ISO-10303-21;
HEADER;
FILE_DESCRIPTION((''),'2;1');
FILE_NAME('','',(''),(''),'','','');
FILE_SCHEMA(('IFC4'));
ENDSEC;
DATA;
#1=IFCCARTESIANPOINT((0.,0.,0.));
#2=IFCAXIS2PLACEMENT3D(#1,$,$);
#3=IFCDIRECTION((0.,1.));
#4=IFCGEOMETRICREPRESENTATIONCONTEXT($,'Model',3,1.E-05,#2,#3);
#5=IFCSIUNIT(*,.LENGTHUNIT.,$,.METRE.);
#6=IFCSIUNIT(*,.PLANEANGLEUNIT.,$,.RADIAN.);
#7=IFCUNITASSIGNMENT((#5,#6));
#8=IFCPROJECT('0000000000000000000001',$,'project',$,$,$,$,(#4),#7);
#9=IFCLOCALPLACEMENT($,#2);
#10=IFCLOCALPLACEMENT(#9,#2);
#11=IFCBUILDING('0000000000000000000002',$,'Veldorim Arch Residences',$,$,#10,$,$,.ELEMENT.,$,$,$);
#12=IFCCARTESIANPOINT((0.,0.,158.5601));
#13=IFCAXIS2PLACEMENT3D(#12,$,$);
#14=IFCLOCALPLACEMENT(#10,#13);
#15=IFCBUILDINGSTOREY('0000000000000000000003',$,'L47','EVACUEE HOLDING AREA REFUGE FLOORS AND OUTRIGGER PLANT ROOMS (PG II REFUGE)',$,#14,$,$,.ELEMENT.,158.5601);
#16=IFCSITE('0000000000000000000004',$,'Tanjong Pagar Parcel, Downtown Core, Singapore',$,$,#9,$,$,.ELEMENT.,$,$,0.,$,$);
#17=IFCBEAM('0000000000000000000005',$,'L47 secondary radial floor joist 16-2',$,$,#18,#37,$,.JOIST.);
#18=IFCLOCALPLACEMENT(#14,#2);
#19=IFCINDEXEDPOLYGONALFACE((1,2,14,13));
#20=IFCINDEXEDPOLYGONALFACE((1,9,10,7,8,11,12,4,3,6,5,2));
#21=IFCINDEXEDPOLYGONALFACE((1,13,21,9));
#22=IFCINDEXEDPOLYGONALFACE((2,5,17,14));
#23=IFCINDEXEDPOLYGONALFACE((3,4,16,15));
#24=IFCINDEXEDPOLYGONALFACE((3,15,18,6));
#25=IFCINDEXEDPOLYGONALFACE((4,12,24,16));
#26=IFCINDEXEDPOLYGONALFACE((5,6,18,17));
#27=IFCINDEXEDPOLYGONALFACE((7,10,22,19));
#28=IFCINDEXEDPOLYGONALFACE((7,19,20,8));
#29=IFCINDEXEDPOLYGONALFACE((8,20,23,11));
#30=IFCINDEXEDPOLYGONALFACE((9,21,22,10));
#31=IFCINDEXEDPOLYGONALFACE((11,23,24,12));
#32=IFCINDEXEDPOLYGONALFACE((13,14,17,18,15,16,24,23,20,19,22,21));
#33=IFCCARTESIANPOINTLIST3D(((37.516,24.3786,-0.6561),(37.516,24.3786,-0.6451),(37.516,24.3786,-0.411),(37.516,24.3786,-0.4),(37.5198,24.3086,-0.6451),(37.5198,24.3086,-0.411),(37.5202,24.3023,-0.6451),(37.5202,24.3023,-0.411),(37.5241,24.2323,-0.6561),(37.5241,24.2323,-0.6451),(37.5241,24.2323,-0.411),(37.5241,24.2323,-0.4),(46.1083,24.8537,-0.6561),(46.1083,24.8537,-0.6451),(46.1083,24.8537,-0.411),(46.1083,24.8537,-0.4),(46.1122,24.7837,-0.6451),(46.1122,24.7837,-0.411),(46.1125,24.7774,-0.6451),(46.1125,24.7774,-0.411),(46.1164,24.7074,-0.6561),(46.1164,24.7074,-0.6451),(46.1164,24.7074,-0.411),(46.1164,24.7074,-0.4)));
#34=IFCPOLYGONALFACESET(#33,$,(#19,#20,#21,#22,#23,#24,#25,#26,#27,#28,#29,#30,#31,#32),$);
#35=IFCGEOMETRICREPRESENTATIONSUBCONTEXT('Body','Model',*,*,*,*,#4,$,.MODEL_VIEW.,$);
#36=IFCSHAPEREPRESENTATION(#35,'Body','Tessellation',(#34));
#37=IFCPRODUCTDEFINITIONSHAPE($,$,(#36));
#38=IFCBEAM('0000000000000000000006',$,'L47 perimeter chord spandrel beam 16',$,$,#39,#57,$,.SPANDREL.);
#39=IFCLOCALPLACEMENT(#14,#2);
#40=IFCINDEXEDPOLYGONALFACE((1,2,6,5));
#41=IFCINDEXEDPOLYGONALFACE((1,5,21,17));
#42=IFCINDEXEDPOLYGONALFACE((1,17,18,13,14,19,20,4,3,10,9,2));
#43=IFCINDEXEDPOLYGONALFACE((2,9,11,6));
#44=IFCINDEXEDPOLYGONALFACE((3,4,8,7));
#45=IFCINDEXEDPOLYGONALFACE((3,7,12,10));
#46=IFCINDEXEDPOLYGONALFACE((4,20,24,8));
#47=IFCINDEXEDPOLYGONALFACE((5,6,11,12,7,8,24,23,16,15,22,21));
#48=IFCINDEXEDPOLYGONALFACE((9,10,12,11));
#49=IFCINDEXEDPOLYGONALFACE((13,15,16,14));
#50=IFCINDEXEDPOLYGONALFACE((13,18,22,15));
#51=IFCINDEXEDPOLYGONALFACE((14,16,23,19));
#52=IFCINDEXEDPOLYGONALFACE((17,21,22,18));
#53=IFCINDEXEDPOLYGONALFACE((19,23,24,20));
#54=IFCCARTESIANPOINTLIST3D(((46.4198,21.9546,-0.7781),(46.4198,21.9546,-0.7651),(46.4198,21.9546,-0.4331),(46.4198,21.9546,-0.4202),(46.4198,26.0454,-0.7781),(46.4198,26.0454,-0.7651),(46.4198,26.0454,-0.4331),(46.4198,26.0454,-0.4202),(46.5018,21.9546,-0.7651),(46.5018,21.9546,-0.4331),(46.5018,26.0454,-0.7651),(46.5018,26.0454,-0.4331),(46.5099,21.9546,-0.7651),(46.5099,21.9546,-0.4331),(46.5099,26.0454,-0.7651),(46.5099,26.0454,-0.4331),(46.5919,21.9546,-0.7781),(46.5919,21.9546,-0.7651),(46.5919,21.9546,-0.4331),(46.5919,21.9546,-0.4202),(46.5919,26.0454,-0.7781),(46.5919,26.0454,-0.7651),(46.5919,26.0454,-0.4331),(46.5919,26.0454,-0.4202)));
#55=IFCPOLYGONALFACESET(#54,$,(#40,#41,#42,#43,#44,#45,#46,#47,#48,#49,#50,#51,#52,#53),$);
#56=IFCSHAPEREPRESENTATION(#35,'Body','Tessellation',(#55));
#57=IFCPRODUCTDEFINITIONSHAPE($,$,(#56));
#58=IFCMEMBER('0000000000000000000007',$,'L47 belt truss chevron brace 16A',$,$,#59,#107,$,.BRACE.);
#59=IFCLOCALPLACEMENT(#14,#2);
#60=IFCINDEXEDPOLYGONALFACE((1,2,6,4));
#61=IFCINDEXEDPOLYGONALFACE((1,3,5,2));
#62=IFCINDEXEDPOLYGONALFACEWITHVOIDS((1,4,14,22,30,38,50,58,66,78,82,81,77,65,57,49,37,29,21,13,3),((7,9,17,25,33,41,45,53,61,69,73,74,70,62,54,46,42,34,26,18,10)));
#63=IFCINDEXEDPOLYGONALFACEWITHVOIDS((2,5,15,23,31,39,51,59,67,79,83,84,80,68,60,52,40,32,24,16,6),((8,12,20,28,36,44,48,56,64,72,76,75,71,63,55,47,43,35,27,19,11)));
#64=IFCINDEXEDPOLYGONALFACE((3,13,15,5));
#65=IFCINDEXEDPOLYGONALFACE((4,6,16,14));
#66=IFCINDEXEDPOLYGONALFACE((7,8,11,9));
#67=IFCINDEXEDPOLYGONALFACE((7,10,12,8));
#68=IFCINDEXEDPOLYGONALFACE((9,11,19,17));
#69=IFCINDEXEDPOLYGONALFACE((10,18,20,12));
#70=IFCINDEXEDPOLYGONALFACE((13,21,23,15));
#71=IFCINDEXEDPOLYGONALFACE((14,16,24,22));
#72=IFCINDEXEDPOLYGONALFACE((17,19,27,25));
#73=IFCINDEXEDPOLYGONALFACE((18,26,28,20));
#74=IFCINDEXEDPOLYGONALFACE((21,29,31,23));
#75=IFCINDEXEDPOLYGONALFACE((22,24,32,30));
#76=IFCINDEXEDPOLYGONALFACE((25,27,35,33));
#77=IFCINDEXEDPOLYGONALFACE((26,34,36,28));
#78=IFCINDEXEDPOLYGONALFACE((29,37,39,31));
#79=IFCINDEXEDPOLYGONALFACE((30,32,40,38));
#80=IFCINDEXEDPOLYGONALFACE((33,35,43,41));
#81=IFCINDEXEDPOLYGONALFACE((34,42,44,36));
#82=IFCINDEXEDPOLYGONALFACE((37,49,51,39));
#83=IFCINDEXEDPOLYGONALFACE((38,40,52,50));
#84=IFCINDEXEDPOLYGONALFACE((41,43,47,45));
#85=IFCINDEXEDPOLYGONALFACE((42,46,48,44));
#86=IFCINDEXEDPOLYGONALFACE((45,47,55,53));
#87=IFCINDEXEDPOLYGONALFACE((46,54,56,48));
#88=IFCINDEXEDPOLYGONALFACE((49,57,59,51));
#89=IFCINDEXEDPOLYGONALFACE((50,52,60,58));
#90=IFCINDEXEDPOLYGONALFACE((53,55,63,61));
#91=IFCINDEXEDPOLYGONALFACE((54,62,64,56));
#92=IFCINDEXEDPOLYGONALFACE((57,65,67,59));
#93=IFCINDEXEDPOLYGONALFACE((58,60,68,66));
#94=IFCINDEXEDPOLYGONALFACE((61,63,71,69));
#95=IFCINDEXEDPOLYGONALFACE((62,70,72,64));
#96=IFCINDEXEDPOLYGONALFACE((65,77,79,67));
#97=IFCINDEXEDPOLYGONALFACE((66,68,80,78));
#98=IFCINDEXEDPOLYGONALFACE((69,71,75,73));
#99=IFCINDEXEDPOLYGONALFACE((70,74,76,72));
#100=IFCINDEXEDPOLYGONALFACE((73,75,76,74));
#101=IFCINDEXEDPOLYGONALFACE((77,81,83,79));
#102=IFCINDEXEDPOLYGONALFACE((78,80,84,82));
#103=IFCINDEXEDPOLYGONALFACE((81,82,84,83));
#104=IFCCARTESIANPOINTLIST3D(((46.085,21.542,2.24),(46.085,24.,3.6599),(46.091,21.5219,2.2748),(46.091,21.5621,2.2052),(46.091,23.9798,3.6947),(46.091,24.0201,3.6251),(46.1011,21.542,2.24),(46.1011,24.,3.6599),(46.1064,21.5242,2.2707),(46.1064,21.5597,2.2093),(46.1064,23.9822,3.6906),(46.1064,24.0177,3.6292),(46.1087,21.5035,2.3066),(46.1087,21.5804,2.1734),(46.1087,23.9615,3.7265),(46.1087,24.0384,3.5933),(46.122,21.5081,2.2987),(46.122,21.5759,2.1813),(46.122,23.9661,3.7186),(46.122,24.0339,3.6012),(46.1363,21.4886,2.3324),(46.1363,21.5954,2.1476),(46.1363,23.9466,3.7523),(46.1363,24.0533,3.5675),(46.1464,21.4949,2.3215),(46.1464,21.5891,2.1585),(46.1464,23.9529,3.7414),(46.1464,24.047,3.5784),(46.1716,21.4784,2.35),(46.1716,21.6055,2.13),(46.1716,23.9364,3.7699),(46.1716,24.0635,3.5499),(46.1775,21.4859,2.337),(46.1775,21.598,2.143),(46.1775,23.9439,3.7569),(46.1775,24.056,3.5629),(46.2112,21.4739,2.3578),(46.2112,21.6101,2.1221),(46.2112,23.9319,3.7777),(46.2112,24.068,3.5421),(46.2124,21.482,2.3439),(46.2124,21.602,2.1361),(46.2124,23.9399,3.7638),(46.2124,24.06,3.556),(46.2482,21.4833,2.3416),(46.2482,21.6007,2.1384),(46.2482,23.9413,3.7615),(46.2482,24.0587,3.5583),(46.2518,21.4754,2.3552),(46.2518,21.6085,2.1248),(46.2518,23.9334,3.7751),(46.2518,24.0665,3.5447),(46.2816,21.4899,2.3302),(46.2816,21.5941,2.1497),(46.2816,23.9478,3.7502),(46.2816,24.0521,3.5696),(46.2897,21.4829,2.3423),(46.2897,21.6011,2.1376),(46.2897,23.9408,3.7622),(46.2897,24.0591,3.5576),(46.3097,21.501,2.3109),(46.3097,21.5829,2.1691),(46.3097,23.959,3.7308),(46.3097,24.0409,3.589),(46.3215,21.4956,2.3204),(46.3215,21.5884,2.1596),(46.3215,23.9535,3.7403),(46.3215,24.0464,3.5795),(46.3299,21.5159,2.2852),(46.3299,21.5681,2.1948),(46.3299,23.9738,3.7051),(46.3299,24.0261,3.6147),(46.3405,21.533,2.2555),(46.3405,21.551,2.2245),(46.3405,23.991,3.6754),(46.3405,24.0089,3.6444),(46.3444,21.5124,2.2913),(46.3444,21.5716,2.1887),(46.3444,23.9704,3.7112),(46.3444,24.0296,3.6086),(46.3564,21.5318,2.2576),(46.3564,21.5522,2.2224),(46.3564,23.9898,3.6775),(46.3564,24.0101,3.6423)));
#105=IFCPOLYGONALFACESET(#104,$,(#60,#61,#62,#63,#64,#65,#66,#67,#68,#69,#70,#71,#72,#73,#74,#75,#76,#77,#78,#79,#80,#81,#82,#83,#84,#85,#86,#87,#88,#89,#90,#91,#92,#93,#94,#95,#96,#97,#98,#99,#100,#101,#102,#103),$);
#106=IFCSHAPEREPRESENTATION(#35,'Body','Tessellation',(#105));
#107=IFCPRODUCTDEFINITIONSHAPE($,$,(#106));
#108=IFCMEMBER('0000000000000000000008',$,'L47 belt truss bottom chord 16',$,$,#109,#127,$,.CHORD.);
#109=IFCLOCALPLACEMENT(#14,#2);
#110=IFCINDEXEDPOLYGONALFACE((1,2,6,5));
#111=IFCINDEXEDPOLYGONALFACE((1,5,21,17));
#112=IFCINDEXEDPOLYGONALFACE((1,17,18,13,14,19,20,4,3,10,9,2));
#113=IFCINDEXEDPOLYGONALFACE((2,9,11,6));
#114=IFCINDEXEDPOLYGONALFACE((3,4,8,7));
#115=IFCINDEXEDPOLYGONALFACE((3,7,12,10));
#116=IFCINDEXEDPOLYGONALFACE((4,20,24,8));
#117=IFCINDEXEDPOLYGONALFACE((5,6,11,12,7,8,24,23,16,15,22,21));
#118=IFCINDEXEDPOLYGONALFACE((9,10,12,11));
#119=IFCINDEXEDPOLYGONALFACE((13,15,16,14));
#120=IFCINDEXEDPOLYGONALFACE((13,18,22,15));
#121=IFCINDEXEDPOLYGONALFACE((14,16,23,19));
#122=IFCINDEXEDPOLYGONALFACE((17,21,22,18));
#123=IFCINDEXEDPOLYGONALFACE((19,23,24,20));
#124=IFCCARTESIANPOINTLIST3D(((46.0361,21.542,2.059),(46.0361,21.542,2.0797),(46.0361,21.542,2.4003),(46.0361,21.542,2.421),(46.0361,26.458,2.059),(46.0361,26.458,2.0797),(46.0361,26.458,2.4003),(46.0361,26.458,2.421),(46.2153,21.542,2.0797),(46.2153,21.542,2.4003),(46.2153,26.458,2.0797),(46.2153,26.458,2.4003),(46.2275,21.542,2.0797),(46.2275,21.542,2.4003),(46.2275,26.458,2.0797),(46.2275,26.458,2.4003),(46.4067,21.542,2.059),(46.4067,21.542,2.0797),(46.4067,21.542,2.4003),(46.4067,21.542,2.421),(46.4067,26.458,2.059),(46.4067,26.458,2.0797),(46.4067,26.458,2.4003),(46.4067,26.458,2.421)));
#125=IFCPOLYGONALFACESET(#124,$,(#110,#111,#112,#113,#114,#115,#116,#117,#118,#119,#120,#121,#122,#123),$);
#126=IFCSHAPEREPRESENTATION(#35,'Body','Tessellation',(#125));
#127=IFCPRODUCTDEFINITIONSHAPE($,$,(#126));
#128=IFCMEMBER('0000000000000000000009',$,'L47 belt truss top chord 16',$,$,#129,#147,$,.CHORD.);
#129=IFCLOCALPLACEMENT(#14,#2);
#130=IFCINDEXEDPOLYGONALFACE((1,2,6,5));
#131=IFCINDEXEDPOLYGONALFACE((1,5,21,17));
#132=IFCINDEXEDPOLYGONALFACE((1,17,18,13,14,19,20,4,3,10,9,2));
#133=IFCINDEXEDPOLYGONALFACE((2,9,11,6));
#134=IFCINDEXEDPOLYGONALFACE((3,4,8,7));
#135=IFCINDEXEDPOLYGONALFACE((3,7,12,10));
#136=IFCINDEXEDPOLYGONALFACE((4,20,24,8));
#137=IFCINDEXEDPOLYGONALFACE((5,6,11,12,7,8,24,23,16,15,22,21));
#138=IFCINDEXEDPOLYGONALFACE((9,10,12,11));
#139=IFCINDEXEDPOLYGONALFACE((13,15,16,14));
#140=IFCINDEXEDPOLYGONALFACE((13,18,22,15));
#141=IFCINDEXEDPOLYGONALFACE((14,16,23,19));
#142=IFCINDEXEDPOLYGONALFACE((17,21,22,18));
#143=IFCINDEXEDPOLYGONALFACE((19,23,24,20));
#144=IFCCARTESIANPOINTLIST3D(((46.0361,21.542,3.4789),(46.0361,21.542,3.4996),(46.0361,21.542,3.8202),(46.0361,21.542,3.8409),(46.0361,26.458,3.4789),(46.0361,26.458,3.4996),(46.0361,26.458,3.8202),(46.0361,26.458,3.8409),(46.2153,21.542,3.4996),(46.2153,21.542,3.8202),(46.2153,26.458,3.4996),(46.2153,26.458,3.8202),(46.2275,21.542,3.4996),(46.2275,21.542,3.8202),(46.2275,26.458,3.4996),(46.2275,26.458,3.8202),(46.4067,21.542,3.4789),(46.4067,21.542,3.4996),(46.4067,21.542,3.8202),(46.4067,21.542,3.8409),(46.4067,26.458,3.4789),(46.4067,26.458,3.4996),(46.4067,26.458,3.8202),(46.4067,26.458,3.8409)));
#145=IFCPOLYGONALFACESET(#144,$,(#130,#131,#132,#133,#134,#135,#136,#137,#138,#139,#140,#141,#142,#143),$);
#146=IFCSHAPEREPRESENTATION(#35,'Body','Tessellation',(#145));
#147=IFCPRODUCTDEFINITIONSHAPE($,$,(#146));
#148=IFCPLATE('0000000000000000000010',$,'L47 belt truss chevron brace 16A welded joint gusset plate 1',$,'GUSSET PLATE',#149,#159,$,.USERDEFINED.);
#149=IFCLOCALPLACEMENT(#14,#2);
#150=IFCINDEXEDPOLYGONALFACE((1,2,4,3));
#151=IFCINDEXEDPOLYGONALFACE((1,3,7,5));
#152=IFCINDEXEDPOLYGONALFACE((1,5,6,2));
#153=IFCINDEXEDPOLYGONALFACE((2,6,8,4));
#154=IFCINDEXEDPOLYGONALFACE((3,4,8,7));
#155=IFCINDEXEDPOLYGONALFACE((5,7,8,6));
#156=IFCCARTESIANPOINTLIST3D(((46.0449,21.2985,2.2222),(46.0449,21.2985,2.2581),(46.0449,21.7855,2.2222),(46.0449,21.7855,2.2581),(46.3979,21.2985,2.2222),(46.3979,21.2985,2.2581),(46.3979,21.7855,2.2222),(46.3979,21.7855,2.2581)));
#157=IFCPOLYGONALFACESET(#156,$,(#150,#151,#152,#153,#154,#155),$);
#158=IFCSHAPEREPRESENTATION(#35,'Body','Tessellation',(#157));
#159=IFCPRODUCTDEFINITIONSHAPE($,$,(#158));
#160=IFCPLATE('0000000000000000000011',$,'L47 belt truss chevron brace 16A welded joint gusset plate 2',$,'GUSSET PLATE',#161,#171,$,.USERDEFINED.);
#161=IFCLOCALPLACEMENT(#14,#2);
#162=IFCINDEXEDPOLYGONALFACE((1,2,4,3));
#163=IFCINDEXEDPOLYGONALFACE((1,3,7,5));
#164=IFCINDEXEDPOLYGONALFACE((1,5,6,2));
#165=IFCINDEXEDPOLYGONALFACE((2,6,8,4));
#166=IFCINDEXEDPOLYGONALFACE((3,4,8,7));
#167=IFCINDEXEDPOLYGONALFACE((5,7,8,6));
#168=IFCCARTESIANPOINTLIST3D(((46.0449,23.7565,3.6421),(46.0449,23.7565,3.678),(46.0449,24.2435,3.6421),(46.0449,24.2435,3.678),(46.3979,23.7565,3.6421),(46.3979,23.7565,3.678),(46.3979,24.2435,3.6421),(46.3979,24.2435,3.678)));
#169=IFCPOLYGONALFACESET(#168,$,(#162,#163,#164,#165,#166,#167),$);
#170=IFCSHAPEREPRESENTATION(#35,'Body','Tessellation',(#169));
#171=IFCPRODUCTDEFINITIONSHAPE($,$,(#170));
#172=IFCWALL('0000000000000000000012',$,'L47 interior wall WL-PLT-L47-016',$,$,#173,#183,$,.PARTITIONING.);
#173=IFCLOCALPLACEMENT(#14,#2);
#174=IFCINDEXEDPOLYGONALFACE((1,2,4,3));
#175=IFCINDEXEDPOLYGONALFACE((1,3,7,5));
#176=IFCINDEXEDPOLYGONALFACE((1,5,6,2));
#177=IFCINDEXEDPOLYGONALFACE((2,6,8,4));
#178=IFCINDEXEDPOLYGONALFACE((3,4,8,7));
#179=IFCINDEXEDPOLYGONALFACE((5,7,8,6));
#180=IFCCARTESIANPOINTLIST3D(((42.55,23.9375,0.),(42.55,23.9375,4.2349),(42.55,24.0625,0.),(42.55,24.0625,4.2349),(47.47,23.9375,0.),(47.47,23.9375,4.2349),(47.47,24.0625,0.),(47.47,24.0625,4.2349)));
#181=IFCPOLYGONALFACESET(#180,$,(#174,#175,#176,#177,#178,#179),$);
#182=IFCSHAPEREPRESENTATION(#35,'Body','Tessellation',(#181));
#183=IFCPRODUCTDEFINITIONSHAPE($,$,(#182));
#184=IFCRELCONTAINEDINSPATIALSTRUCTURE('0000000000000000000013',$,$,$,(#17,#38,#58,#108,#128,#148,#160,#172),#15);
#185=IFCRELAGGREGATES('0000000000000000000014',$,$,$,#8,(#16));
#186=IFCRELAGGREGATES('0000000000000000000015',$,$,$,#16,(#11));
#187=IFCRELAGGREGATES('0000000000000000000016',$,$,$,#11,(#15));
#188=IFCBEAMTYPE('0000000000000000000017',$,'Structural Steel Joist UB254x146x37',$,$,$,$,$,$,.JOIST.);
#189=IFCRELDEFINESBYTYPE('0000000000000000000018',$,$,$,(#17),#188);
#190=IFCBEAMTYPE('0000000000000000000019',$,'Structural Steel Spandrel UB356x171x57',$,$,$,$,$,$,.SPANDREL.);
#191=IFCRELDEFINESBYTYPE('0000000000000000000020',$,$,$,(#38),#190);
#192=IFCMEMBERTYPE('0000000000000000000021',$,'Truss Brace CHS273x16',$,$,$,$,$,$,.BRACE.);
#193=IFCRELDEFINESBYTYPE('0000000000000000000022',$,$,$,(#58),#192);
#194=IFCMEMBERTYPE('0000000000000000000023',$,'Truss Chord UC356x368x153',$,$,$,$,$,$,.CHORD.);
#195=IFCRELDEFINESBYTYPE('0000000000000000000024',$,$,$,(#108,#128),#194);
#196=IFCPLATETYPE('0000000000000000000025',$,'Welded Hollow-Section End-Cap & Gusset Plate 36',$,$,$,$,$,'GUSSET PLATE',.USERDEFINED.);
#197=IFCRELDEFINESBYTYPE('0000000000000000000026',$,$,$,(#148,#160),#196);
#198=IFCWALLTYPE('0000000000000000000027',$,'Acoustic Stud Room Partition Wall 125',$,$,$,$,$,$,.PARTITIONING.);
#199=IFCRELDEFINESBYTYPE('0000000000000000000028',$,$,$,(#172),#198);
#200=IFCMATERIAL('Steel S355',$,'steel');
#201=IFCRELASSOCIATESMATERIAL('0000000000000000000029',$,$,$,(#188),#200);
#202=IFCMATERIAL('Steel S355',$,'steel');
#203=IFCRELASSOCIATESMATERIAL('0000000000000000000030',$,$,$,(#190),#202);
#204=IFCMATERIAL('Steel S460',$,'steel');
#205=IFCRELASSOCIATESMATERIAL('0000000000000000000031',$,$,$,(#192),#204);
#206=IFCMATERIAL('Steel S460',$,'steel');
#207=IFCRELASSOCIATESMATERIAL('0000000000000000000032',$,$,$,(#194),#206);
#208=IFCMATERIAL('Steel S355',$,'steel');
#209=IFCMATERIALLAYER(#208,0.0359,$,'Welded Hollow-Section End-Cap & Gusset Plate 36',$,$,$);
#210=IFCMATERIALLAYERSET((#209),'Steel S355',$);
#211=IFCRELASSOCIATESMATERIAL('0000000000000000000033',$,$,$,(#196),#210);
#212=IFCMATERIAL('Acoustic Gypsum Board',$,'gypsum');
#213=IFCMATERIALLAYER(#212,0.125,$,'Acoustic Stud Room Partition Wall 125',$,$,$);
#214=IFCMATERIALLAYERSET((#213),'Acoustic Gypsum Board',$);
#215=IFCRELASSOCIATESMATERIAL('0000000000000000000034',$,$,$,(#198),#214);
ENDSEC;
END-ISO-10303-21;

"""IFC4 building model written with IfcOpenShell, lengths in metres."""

from ifc_helpers import new_model, si_unit, direction, frame, frame_2d, origin, origin_2d, place, context, subcontext, project, spatial, rectangle, hollow_circle, i_section, extrude, material, layer, layer_set, material_profile, profile_set, type_object, element, save


model = new_model("IFC4")

# Units and contexts
model_context = context("Model", 3, precision=1e-05, world=origin(), true_north=direction((0.0, 1.0)))
body_context = subcontext(model_context, "Body", "Model", "MODEL_VIEW")
ifc_project = project(units=[si_unit("LENGTHUNIT", "METRE"), si_unit("PLANEANGLEUNIT", "RADIAN")], contexts=[model_context])

# Site, building, storey
site_placement = place(None, origin())
site = spatial("IfcSite", under=ifc_project, at=site_placement, Name="Tanjong Pagar Parcel, Downtown Core, Singapore", CompositionType="ELEMENT", RefElevation=0.0)
building_placement = place(site_placement, origin())
building = spatial("IfcBuilding", under=site, at=building_placement, Name="Veldorim Arch Residences", CompositionType="ELEMENT")
storey_placement = place(building_placement, frame((0.0, 0.0, 158.5601)))
storey = spatial("IfcBuildingStorey", under=building, at=storey_placement, Name="L47", Description="EVACUEE HOLDING AREA REFUGE FLOORS AND OUTRIGGER PLANT ROOMS (PG II REFUGE)", CompositionType="ELEMENT", Elevation=158.5601)

# Beams
ifc_material_1 = material(Name="Steel S355", Category="steel")
ifc_material_profile_1 = material_profile(ifc_material_1, i_section(OverallWidth=0.1465, OverallDepth=0.2561, WebThickness=0.0063, FlangeThickness=0.011, at=origin_2d()), Name="UB254x146x37")
ifc_profile_set_1 = profile_set([ifc_material_profile_1], Name="Steel S355")
beam_type_1 = type_object("IfcBeamType", Name="Structural Steel Joist UB254x146x37", PredefinedType="JOIST", material=ifc_profile_set_1)
for number, where, z_axis, x_axis, name in (
    (1, (37.52, 24.3054, -0.5281), (0.998475, 0.055209, 0.0), (-0.055209, 0.998475, 0.0), "L47 secondary radial floor joist 16-2"),
):
    element("IfcBeam", number, at=place(storey_placement, frame(where, z_axis=z_axis, x_axis=x_axis)), inside=storey, type_object=beam_type_1, Name=name, PredefinedType="JOIST", context=body_context, shape_type="SweptSolid", body=[
        extrude(i_section(OverallWidth=0.1465, OverallDepth=0.2561, WebThickness=0.0063, FlangeThickness=0.011, at=origin_2d()), origin(), (0.0, 0.0, 1.0), 8.6055),
    ])
ifc_material_2 = material(Name="Steel S355", Category="steel")
ifc_material_profile_2 = material_profile(ifc_material_2, i_section(OverallWidth=0.1721, OverallDepth=0.3579, WebThickness=0.0081, FlangeThickness=0.0129, at=origin_2d()), Name="UB356x171x57")
ifc_profile_set_2 = profile_set([ifc_material_profile_2], Name="Steel S355")
beam_type_2 = type_object("IfcBeamType", Name="Structural Steel Spandrel UB356x171x57", PredefinedType="SPANDREL", material=ifc_profile_set_2)
beam_1_placement = place(storey_placement, frame((46.5059, 21.9546, -0.5991), z_axis=(0.0, 1.0, 0.0), x_axis=(-1.0, 0.0, 0.0)))
element("IfcBeam", 2, at=beam_1_placement, inside=storey, type_object=beam_type_2, Name="L47 perimeter chord spandrel beam 16", PredefinedType="SPANDREL", context=body_context, shape_type="SweptSolid", body=[
    extrude(i_section(OverallWidth=0.1721, OverallDepth=0.3579, WebThickness=0.0081, FlangeThickness=0.0129, at=origin_2d()), origin(), (0.0, 0.0, 1.0), 4.0908),
])

# Members
ifc_material_3 = material(Name="Steel S460", Category="steel")
ifc_material_profile_3 = material_profile(ifc_material_3, hollow_circle(Radius=0.1365, WallThickness=0.0161, at=origin_2d()), Name="CHS273x16")
ifc_profile_set_3 = profile_set([ifc_material_profile_3], Name="Steel S460")
member_type_1 = type_object("IfcMemberType", Name="Truss Brace CHS273x16", PredefinedType="BRACE", material=ifc_profile_set_3)
member_placement = place(storey_placement, frame((46.2214, 21.542, 2.24), z_axis=(0.0, 0.865905, 0.500209), x_axis=(-1.0, 0.0, 0.0)))
element("IfcMember", 3, at=member_placement, inside=storey, type_object=member_type_1, Name="L47 belt truss chevron brace 16A", PredefinedType="BRACE", context=body_context, shape_type="SweptSolid", body=[
    extrude(hollow_circle(Radius=0.1365, WallThickness=0.0161, at=origin_2d()), origin(), (0.0, 0.0, 1.0), 2.8386),
])
ifc_material_4 = material(Name="Steel S460", Category="steel")
ifc_material_profile_4 = material_profile(ifc_material_4, i_section(OverallWidth=0.3706, OverallDepth=0.3621, WebThickness=0.0122, FlangeThickness=0.0208, at=origin_2d()), Name="UC356x368x153")
ifc_profile_set_4 = profile_set([ifc_material_profile_4], Name="Steel S460")
member_type_2 = type_object("IfcMemberType", Name="Truss Chord UC356x368x153", PredefinedType="CHORD", material=ifc_profile_set_4)
for number, where, z_axis, x_axis, name in (
    (4, (46.2214, 21.542, 2.24), (0.0, 1.0, 0.0), (-1.0, 0.0, 0.0), "L47 belt truss bottom chord 16"),
    (5, (46.2214, 21.542, 3.6599), (0.0, 1.0, 0.0), (-1.0, 0.0, 0.0), "L47 belt truss top chord 16"),
):
    element("IfcMember", number, at=place(storey_placement, frame(where, z_axis=z_axis, x_axis=x_axis)), inside=storey, type_object=member_type_2, Name=name, PredefinedType="CHORD", context=body_context, shape_type="SweptSolid", body=[
        extrude(i_section(OverallWidth=0.3706, OverallDepth=0.3621, WebThickness=0.0122, FlangeThickness=0.0208, at=origin_2d()), origin(), (0.0, 0.0, 1.0), 4.916),
    ])

# Plates
ifc_material_5 = material(Name="Steel S355", Category="steel")
ifc_layer_1 = layer(ifc_material_5, 0.0359, Name="Welded Hollow-Section End-Cap & Gusset Plate 36")
ifc_layer_set_1 = layer_set([ifc_layer_1], Name="Steel S355")
plate_type = type_object("IfcPlateType", Name="Welded Hollow-Section End-Cap & Gusset Plate 36", ElementType="GUSSET PLATE", PredefinedType="USERDEFINED", material=ifc_layer_set_1)
for number, where, z_axis, x_axis, name in (
    (6, (46.2214, 21.542, 2.2222), (0.0, 0.0, 1.0), (0.0, 1.0, 0.0), "L47 belt truss chevron brace 16A welded joint gusset plate 1"),
    (7, (46.2214, 24.0, 3.6421), (0.0, 0.0, 1.0), (0.0, 1.0, 0.0), "L47 belt truss chevron brace 16A welded joint gusset plate 2"),
):
    element("IfcPlate", number, at=place(storey_placement, frame(where, z_axis=z_axis, x_axis=x_axis)), inside=storey, type_object=plate_type, Name=name, ObjectType="GUSSET PLATE", PredefinedType="USERDEFINED", context=body_context, shape_type="SweptSolid", body=[
        extrude(rectangle(XDim=0.4871, YDim=0.353, at=origin_2d()), origin(), (0.0, 0.0, 1.0), 0.0359),
    ])

# Wall
ifc_material_6 = material(Name="Acoustic Gypsum Board", Category="gypsum")
ifc_layer_2 = layer(ifc_material_6, 0.125, Name="Acoustic Stud Room Partition Wall 125")
ifc_layer_set_2 = layer_set([ifc_layer_2], Name="Acoustic Gypsum Board")
wall_type_1 = type_object("IfcWallType", Name="Acoustic Stud Room Partition Wall 125", PredefinedType="PARTITIONING", material=ifc_layer_set_2)
wall_1_placement = place(storey_placement, frame((42.55, 24.0, 0.0), z_axis=(0.0, 0.0, 1.0), x_axis=(1.0, 0.0, 0.0)))
element("IfcWall", 8, at=wall_1_placement, inside=storey, type_object=wall_type_1, Name="L47 interior wall WL-PLT-L47-016", PredefinedType="PARTITIONING", context=body_context, shape_type="SweptSolid", body=[
    extrude(rectangle(XDim=4.9199, YDim=0.125, at=frame_2d((2.46, 0.0))), origin(), (0.0, 0.0, 1.0), 4.2349),
])

save(model, "model.ifc")
